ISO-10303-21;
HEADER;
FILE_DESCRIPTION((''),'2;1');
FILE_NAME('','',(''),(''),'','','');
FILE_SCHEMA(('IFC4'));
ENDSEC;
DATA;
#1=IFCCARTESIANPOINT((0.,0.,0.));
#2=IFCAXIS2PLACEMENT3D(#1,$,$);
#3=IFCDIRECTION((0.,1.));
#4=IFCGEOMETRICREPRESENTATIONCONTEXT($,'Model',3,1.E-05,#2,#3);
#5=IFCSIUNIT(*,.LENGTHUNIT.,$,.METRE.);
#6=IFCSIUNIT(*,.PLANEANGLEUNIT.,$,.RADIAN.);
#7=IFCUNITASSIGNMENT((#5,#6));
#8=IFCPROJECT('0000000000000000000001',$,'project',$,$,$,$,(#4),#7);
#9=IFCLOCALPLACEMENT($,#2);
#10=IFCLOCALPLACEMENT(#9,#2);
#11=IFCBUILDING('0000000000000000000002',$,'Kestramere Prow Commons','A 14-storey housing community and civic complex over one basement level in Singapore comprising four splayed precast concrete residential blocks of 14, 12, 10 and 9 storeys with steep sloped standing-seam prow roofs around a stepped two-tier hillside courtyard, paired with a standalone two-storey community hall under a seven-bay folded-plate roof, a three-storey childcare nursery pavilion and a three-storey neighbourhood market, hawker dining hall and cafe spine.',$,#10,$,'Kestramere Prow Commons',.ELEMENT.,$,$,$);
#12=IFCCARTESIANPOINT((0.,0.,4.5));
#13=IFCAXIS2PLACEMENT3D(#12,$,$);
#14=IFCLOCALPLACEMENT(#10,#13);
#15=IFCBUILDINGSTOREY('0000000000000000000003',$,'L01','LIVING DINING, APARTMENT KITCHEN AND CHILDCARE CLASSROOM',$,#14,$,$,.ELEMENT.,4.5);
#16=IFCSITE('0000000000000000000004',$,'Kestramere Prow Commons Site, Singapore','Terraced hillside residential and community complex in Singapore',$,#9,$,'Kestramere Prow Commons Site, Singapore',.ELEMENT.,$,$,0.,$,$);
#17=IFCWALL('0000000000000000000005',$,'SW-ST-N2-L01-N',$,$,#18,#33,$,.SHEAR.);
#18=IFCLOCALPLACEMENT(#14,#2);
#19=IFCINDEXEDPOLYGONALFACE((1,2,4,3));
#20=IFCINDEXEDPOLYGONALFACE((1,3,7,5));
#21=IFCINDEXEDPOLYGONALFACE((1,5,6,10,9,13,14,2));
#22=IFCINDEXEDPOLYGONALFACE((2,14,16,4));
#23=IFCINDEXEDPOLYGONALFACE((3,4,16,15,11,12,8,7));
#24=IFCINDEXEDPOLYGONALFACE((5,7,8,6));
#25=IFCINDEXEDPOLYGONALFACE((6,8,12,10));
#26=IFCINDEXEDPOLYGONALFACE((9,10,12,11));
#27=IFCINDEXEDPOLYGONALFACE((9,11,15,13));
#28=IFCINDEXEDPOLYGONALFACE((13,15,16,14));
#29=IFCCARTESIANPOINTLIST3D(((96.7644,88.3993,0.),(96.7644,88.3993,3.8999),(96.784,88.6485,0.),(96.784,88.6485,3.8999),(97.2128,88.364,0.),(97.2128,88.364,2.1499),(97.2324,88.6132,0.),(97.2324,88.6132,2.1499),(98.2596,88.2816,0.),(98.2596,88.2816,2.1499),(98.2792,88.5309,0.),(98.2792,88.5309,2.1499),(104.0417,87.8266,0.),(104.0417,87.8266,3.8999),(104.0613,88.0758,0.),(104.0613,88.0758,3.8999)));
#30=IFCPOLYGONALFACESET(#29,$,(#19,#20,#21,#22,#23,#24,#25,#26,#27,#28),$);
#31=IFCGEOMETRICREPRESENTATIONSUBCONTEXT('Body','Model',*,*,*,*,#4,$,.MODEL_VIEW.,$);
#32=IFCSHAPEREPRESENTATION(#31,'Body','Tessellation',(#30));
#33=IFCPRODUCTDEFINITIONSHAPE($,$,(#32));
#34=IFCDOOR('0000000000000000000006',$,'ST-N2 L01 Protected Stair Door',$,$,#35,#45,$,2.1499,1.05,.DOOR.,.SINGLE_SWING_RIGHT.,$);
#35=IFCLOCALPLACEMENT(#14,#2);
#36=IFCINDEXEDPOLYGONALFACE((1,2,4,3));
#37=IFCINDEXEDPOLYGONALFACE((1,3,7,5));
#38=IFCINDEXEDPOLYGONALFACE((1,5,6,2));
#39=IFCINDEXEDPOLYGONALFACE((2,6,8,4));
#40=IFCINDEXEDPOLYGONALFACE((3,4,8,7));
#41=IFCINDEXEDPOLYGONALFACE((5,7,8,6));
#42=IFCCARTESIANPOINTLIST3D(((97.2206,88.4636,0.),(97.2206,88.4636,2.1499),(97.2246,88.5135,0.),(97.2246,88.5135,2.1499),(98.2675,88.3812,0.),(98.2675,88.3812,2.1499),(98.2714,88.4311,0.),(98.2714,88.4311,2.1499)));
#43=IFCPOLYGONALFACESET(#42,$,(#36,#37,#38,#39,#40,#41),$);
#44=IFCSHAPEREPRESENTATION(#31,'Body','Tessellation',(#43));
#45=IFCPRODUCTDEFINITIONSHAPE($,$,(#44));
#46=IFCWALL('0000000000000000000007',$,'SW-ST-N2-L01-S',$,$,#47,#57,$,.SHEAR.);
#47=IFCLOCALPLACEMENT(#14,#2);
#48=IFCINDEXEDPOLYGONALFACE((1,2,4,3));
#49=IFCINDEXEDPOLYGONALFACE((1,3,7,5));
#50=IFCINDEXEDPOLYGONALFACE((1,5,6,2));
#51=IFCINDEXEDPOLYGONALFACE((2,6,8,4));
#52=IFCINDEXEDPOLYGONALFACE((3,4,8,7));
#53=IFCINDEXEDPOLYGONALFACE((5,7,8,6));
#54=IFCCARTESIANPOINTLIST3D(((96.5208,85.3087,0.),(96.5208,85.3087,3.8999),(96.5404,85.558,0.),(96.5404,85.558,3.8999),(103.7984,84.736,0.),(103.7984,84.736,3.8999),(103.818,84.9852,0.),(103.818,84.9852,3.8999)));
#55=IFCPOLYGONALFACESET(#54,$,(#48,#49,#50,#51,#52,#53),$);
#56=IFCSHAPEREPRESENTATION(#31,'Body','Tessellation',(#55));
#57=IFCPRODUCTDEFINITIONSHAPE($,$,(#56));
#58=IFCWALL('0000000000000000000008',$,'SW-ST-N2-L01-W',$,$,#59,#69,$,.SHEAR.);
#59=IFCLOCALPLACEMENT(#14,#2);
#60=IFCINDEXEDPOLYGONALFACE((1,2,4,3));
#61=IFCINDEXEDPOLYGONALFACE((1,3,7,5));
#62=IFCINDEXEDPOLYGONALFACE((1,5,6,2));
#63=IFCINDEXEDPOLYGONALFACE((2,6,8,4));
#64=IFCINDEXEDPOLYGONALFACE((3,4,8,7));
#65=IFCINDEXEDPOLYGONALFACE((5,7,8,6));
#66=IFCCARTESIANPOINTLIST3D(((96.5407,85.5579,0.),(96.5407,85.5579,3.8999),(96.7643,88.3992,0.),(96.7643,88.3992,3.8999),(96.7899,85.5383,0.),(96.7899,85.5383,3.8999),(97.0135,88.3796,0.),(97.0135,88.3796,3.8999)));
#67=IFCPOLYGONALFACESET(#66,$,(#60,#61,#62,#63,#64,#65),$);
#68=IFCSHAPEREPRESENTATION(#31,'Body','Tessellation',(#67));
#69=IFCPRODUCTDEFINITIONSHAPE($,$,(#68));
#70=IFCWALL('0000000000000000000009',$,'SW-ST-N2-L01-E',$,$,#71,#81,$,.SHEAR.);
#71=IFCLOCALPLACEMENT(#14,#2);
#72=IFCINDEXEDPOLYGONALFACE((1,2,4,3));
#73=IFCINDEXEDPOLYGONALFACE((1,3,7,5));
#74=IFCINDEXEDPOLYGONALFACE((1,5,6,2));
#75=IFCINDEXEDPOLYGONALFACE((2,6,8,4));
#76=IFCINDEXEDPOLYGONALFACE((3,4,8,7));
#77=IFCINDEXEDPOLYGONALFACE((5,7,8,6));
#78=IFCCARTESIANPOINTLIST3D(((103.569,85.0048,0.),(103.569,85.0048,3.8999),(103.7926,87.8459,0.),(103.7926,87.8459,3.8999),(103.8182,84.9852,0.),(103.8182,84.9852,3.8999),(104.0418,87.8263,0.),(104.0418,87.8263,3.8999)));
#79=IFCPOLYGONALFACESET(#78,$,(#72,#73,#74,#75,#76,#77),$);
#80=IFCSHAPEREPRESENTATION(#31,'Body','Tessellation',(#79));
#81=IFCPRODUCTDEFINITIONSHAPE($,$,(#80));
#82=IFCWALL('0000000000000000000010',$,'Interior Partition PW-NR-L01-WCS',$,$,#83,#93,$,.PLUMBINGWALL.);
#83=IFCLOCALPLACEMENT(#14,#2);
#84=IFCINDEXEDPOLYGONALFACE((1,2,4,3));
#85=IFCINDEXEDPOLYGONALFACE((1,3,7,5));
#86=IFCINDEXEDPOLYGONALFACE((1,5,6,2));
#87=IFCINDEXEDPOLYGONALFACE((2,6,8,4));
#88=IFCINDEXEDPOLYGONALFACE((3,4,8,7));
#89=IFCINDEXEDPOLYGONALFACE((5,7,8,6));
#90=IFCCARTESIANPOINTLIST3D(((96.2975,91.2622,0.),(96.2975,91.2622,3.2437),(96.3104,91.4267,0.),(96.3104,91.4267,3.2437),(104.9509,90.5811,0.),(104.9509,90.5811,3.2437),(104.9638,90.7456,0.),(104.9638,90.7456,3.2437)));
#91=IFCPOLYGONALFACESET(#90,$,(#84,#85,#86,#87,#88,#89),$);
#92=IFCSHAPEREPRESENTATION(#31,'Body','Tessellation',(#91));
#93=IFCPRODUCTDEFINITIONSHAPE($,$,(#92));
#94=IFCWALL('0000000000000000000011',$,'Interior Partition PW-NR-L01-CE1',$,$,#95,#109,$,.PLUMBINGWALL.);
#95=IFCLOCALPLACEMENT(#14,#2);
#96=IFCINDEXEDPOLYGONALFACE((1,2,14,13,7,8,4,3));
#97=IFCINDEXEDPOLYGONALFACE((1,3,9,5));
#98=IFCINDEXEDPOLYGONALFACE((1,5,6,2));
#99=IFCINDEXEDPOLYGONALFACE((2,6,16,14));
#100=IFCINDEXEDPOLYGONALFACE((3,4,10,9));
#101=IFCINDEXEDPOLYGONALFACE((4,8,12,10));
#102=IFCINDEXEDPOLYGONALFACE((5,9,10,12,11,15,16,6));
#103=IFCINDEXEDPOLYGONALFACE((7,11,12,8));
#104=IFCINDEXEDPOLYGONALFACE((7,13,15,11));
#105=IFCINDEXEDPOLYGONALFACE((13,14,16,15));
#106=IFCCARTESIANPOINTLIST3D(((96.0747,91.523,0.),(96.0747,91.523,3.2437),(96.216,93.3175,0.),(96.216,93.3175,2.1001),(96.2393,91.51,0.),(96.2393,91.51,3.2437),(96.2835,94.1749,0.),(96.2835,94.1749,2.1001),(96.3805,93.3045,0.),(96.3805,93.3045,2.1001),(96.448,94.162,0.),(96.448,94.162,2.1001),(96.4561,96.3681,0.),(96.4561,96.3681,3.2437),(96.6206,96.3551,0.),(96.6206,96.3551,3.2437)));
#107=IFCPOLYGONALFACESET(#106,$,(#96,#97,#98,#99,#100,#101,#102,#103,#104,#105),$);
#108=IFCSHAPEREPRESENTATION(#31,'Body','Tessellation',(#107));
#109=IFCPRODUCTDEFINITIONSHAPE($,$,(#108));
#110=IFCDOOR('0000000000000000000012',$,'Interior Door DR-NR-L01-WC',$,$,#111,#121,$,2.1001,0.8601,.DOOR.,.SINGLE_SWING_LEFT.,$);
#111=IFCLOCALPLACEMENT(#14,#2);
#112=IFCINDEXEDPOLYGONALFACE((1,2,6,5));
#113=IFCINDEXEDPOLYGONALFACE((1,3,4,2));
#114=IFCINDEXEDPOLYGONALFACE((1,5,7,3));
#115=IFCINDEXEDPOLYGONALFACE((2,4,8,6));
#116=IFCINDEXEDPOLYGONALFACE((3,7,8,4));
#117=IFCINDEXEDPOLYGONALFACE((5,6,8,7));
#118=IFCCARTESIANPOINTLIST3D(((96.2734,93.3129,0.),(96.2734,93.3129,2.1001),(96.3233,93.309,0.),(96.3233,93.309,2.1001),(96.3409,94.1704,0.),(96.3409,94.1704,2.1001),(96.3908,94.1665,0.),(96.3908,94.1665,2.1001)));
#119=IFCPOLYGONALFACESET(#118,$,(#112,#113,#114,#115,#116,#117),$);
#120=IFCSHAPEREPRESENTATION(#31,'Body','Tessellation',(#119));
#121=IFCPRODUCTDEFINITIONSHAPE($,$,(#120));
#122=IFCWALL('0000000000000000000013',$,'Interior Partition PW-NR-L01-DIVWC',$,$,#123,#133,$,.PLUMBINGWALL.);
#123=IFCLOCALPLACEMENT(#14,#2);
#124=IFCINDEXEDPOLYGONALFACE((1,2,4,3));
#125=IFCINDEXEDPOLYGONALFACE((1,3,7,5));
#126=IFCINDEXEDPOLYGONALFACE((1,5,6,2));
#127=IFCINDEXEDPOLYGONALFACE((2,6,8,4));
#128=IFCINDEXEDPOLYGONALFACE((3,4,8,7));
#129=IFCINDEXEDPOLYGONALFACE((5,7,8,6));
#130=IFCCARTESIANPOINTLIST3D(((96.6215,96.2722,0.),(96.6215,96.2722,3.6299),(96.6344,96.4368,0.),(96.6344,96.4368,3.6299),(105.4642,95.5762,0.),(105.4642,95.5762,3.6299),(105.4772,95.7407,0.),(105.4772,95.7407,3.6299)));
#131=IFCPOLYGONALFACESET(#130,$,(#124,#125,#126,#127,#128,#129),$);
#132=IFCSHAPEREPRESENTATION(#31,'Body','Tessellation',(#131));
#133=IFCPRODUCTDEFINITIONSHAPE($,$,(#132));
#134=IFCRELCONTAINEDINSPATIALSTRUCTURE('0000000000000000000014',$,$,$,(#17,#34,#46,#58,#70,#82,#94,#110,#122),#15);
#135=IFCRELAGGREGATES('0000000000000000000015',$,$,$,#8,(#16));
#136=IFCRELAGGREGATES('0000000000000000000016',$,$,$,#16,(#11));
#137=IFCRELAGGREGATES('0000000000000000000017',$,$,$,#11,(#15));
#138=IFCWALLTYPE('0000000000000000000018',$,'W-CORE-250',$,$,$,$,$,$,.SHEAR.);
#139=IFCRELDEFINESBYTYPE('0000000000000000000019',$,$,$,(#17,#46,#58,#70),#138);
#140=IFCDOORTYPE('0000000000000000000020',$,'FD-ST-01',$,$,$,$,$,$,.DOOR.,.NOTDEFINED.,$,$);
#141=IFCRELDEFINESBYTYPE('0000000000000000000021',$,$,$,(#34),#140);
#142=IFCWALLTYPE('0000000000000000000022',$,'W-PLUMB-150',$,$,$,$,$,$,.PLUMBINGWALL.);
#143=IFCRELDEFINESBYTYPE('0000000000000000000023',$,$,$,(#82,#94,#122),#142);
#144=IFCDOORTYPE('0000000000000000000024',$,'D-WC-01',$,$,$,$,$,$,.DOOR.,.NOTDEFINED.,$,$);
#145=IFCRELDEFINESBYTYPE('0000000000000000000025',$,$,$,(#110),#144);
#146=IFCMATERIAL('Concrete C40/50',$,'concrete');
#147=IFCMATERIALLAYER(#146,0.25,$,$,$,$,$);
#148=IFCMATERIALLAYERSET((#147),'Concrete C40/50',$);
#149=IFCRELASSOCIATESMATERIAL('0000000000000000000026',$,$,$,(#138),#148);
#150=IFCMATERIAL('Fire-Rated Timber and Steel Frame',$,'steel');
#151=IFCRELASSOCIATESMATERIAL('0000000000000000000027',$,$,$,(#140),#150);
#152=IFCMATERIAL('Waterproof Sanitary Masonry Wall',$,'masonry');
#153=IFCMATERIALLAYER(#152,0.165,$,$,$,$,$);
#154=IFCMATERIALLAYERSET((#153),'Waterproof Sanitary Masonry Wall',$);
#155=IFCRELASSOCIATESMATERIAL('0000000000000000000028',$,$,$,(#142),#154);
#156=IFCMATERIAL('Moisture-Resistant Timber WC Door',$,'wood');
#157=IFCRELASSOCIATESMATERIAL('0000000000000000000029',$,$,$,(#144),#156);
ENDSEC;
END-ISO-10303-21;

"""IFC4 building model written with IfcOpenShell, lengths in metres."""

from ifc_helpers import new_model, si_unit, direction, frame, frame_2d, origin, place, context, subcontext, project, spatial, rectangle, extrude, material, layer, layer_set, type_object, element, fill, save


model = new_model("IFC4")

# Units and contexts
model_context = context("Model", 3, precision=1e-05, world=origin(), true_north=direction((0.0, 1.0)))
body_context = subcontext(model_context, "Body", "Model", "MODEL_VIEW")
ifc_project = project(units=[si_unit("LENGTHUNIT", "METRE"), si_unit("PLANEANGLEUNIT", "RADIAN")], contexts=[model_context])

# Site, building, storey
site_placement = place(None, origin())
site = spatial("IfcSite", under=ifc_project, at=site_placement, Name="Kestramere Prow Commons Site, Singapore", Description="Terraced hillside residential and community complex in Singapore", LongName="Kestramere Prow Commons Site, Singapore", CompositionType="ELEMENT", RefElevation=0.0)
building_placement = place(site_placement, origin())
building = spatial("IfcBuilding", under=site, at=building_placement, Name="Kestramere Prow Commons", Description="A 14-storey housing community and civic complex over one basement level in Singapore comprising four splayed precast concrete residential blocks of 14, 12, 10 and 9 storeys with steep sloped standing-seam prow roofs around a stepped two-tier hillside courtyard, paired with a standalone two-storey community hall under a seven-bay folded-plate roof, a three-storey childcare nursery pavilion and a three-storey neighbourhood market, hawker dining hall and cafe spine.", LongName="Kestramere Prow Commons", CompositionType="ELEMENT")
storey_placement = place(building_placement, frame((0.0, 0.0, 4.5)))
storey = spatial("IfcBuildingStorey", under=building, at=storey_placement, Name="L01", Description="LIVING DINING, APARTMENT KITCHEN AND CHILDCARE CLASSROOM", CompositionType="ELEMENT", Elevation=4.5)

# Shared definitions
ifc_material_1 = material(Name="Concrete C40/50", Category="concrete")

# Wall, opening, door
ifc_layer_1 = layer(ifc_material_1, 0.25)
ifc_layer_set_1 = layer_set([ifc_layer_1], Name="Concrete C40/50")
wall_type_1 = type_object("IfcWallType", Name="W-CORE-250", PredefinedType="SHEAR", material=ifc_layer_set_1)
wall_1_placement = place(storey_placement, frame((96.7742, 88.5239, 0.0), z_axis=(0.0, 0.0, 1.0), x_axis=(0.996917, -0.078461, 0.0)))
wall_1 = element("IfcWall", 1, at=wall_1_placement, inside=storey, type_object=wall_type_1, Name="SW-ST-N2-L01-N", PredefinedType="SHEAR", context=body_context, shape_type="SweptSolid", body=[
    extrude(rectangle(XDim=7.2998, YDim=0.25, at=frame_2d((3.6499, 0.0))), origin(), (0.0, 0.0, 1.0), 3.8999),
])
opening_1_placement = place(wall_1_placement, frame((0.45, 0.0, 0.0)))
opening_1 = element("IfcOpeningElement", 2, at=opening_1_placement, cuts=wall_1, PredefinedType="OPENING", context=body_context, shape_type="SweptSolid", body=[
    extrude(rectangle(XDim=1.05, YDim=2.1499, at=frame_2d((0.5249, 1.075))), frame((0.0, 0.1399, 0.0), z_axis=(0.0, -1.0, 0.0), x_axis=(1.0, 0.0, 0.0)), (0.0, 0.0, 1.0), 0.28),
])
ifc_material_2 = material(Name="Fire-Rated Timber and Steel Frame", Category="steel")
door_type_1 = type_object("IfcDoorType", Name="FD-ST-01", OperationType="NOTDEFINED", PredefinedType="DOOR", material=ifc_material_2)
door_1_placement = place(opening_1_placement, origin())
door_1 = element("IfcDoor", 3, at=door_1_placement, inside=storey, type_object=door_type_1, Name="ST-N2 L01 Protected Stair Door", OperationType="SINGLE_SWING_RIGHT", OverallHeight=2.1499, OverallWidth=1.05, PredefinedType="DOOR", context=body_context, shape_type="SweptSolid", body=[
    extrude(rectangle(XDim=1.05, YDim=2.1499, at=frame_2d((0.5249, 1.075))), frame((0.0, 0.0249, 0.0), z_axis=(0.0, -1.0, 0.0), x_axis=(1.0, 0.0, 0.0)), (0.0, 0.0, 1.0), 0.05),
])
fill(opening_1, door_1)

# Walls
wall_2_placement = place(storey_placement, frame((96.5308, 85.4333, 0.0), z_axis=(0.0, 0.0, 1.0), x_axis=(0.996917, -0.078458, 0.0)))
element("IfcWall", 4, at=wall_2_placement, inside=storey, type_object=wall_type_1, Name="SW-ST-N2-L01-S", PredefinedType="SHEAR", context=body_context, shape_type="SweptSolid", body=[
    extrude(rectangle(XDim=7.3, YDim=0.25, at=frame_2d((3.6499, 0.0))), origin(), (0.0, 0.0, 1.0), 3.8999),
])
wall_3_placement = place(storey_placement, frame((96.6653, 85.5481, 0.0), z_axis=(0.0, 0.0, 1.0), x_axis=(0.078465, 0.996917, 0.0)))
element("IfcWall", 5, at=wall_3_placement, inside=storey, type_object=wall_type_1, Name="SW-ST-N2-L01-W", PredefinedType="SHEAR", context=body_context, shape_type="SweptSolid", body=[
    extrude(rectangle(XDim=2.8501, YDim=0.25, at=frame_2d((1.425, 0.0))), origin(), (0.0, 0.0, 1.0), 3.8999),
])
wall_4_placement = place(storey_placement, frame((103.6936, 84.9951, 0.0), z_axis=(0.0, 0.0, 1.0), x_axis=(0.078472, 0.996916, 0.0)))
element("IfcWall", 6, at=wall_4_placement, inside=storey, type_object=wall_type_1, Name="SW-ST-N2-L01-E", PredefinedType="SHEAR", context=body_context, shape_type="SweptSolid", body=[
    extrude(rectangle(XDim=2.8499, YDim=0.25, at=frame_2d((1.4248, 0.0))), origin(), (0.0, 0.0, 1.0), 3.8999),
])
ifc_material_3 = material(Name="Waterproof Sanitary Masonry Wall", Category="masonry")
ifc_layer_2 = layer(ifc_material_3, 0.165)
ifc_layer_set_2 = layer_set([ifc_layer_2], Name="Waterproof Sanitary Masonry Wall")
wall_type_2 = type_object("IfcWallType", Name="W-PLUMB-150", PredefinedType="PLUMBINGWALL", material=ifc_layer_set_2)
wall_5_placement = place(storey_placement, frame((96.304, 91.3445, 0.0), z_axis=(0.0, 0.0, 1.0), x_axis=(0.996916, -0.078473, 0.0)))
element("IfcWall", 7, at=wall_5_placement, inside=storey, type_object=wall_type_2, Name="Interior Partition PW-NR-L01-WCS", PredefinedType="PLUMBINGWALL", context=body_context, shape_type="SweptSolid", body=[
    extrude(rectangle(XDim=8.6802, YDim=0.165, at=frame_2d((4.3401, 0.0))), origin(), (0.0, 0.0, 1.0), 3.2437),
])

# Wall, opening, door
wall_6_placement = place(storey_placement, frame((96.157, 91.5164, 0.0), z_axis=(0.0, 0.0, 1.0), x_axis=(0.078463, 0.996917, 0.0)))
wall_6 = element("IfcWall", 8, at=wall_6_placement, inside=storey, type_object=wall_type_2, Name="Interior Partition PW-NR-L01-CE1", PredefinedType="PLUMBINGWALL", context=body_context, shape_type="SweptSolid", body=[
    extrude(rectangle(XDim=4.8601, YDim=0.165, at=frame_2d((2.4302, 0.0))), origin(), (0.0, 0.0, 1.0), 3.2437),
])
opening_2_placement = place(wall_6_placement, frame((1.8, 0.0, 0.0)))
opening_2 = element("IfcOpeningElement", 9, at=opening_2_placement, cuts=wall_6, PredefinedType="OPENING", context=body_context, shape_type="SweptSolid", body=[
    extrude(rectangle(XDim=0.8601, YDim=2.1001, at=frame_2d((0.4302, 1.05))), frame((0.0, 0.0974, 0.0), z_axis=(0.0, -1.0, 0.0), x_axis=(1.0, 0.0, 0.0)), (0.0, 0.0, 1.0), 0.1951),
])
ifc_material_4 = material(Name="Moisture-Resistant Timber WC Door", Category="wood")
door_type_2 = type_object("IfcDoorType", Name="D-WC-01", OperationType="NOTDEFINED", PredefinedType="DOOR", material=ifc_material_4)
door_2_placement = place(opening_2_placement, origin())
door_2 = element("IfcDoor", 10, at=door_2_placement, inside=storey, type_object=door_type_2, Name="Interior Door DR-NR-L01-WC", OperationType="SINGLE_SWING_LEFT", OverallHeight=2.1001, OverallWidth=0.8601, PredefinedType="DOOR", context=body_context, shape_type="SweptSolid", body=[
    extrude(rectangle(XDim=0.8601, YDim=2.1001, at=frame_2d((0.4302, 1.05))), frame((0.0, 0.0249, 0.0), z_axis=(0.0, -1.0, 0.0), x_axis=(1.0, 0.0, 0.0)), (0.0, 0.0, 1.0), 0.05),
])
fill(opening_2, door_2)

# Wall
wall_7_placement = place(storey_placement, frame((96.6279, 96.3545, 0.0), z_axis=(0.0, 0.0, 1.0), x_axis=(0.996916, -0.078471, 0.0)))
element("IfcWall", 11, at=wall_7_placement, inside=storey, type_object=wall_type_2, Name="Interior Partition PW-NR-L01-DIVWC", PredefinedType="PLUMBINGWALL", context=body_context, shape_type="SweptSolid", body=[
    extrude(rectangle(XDim=8.8701, YDim=0.165, at=frame_2d((4.4351, 0.0))), origin(), (0.0, 0.0, 1.0), 3.6299),
])

save(model, "model.ifc")
